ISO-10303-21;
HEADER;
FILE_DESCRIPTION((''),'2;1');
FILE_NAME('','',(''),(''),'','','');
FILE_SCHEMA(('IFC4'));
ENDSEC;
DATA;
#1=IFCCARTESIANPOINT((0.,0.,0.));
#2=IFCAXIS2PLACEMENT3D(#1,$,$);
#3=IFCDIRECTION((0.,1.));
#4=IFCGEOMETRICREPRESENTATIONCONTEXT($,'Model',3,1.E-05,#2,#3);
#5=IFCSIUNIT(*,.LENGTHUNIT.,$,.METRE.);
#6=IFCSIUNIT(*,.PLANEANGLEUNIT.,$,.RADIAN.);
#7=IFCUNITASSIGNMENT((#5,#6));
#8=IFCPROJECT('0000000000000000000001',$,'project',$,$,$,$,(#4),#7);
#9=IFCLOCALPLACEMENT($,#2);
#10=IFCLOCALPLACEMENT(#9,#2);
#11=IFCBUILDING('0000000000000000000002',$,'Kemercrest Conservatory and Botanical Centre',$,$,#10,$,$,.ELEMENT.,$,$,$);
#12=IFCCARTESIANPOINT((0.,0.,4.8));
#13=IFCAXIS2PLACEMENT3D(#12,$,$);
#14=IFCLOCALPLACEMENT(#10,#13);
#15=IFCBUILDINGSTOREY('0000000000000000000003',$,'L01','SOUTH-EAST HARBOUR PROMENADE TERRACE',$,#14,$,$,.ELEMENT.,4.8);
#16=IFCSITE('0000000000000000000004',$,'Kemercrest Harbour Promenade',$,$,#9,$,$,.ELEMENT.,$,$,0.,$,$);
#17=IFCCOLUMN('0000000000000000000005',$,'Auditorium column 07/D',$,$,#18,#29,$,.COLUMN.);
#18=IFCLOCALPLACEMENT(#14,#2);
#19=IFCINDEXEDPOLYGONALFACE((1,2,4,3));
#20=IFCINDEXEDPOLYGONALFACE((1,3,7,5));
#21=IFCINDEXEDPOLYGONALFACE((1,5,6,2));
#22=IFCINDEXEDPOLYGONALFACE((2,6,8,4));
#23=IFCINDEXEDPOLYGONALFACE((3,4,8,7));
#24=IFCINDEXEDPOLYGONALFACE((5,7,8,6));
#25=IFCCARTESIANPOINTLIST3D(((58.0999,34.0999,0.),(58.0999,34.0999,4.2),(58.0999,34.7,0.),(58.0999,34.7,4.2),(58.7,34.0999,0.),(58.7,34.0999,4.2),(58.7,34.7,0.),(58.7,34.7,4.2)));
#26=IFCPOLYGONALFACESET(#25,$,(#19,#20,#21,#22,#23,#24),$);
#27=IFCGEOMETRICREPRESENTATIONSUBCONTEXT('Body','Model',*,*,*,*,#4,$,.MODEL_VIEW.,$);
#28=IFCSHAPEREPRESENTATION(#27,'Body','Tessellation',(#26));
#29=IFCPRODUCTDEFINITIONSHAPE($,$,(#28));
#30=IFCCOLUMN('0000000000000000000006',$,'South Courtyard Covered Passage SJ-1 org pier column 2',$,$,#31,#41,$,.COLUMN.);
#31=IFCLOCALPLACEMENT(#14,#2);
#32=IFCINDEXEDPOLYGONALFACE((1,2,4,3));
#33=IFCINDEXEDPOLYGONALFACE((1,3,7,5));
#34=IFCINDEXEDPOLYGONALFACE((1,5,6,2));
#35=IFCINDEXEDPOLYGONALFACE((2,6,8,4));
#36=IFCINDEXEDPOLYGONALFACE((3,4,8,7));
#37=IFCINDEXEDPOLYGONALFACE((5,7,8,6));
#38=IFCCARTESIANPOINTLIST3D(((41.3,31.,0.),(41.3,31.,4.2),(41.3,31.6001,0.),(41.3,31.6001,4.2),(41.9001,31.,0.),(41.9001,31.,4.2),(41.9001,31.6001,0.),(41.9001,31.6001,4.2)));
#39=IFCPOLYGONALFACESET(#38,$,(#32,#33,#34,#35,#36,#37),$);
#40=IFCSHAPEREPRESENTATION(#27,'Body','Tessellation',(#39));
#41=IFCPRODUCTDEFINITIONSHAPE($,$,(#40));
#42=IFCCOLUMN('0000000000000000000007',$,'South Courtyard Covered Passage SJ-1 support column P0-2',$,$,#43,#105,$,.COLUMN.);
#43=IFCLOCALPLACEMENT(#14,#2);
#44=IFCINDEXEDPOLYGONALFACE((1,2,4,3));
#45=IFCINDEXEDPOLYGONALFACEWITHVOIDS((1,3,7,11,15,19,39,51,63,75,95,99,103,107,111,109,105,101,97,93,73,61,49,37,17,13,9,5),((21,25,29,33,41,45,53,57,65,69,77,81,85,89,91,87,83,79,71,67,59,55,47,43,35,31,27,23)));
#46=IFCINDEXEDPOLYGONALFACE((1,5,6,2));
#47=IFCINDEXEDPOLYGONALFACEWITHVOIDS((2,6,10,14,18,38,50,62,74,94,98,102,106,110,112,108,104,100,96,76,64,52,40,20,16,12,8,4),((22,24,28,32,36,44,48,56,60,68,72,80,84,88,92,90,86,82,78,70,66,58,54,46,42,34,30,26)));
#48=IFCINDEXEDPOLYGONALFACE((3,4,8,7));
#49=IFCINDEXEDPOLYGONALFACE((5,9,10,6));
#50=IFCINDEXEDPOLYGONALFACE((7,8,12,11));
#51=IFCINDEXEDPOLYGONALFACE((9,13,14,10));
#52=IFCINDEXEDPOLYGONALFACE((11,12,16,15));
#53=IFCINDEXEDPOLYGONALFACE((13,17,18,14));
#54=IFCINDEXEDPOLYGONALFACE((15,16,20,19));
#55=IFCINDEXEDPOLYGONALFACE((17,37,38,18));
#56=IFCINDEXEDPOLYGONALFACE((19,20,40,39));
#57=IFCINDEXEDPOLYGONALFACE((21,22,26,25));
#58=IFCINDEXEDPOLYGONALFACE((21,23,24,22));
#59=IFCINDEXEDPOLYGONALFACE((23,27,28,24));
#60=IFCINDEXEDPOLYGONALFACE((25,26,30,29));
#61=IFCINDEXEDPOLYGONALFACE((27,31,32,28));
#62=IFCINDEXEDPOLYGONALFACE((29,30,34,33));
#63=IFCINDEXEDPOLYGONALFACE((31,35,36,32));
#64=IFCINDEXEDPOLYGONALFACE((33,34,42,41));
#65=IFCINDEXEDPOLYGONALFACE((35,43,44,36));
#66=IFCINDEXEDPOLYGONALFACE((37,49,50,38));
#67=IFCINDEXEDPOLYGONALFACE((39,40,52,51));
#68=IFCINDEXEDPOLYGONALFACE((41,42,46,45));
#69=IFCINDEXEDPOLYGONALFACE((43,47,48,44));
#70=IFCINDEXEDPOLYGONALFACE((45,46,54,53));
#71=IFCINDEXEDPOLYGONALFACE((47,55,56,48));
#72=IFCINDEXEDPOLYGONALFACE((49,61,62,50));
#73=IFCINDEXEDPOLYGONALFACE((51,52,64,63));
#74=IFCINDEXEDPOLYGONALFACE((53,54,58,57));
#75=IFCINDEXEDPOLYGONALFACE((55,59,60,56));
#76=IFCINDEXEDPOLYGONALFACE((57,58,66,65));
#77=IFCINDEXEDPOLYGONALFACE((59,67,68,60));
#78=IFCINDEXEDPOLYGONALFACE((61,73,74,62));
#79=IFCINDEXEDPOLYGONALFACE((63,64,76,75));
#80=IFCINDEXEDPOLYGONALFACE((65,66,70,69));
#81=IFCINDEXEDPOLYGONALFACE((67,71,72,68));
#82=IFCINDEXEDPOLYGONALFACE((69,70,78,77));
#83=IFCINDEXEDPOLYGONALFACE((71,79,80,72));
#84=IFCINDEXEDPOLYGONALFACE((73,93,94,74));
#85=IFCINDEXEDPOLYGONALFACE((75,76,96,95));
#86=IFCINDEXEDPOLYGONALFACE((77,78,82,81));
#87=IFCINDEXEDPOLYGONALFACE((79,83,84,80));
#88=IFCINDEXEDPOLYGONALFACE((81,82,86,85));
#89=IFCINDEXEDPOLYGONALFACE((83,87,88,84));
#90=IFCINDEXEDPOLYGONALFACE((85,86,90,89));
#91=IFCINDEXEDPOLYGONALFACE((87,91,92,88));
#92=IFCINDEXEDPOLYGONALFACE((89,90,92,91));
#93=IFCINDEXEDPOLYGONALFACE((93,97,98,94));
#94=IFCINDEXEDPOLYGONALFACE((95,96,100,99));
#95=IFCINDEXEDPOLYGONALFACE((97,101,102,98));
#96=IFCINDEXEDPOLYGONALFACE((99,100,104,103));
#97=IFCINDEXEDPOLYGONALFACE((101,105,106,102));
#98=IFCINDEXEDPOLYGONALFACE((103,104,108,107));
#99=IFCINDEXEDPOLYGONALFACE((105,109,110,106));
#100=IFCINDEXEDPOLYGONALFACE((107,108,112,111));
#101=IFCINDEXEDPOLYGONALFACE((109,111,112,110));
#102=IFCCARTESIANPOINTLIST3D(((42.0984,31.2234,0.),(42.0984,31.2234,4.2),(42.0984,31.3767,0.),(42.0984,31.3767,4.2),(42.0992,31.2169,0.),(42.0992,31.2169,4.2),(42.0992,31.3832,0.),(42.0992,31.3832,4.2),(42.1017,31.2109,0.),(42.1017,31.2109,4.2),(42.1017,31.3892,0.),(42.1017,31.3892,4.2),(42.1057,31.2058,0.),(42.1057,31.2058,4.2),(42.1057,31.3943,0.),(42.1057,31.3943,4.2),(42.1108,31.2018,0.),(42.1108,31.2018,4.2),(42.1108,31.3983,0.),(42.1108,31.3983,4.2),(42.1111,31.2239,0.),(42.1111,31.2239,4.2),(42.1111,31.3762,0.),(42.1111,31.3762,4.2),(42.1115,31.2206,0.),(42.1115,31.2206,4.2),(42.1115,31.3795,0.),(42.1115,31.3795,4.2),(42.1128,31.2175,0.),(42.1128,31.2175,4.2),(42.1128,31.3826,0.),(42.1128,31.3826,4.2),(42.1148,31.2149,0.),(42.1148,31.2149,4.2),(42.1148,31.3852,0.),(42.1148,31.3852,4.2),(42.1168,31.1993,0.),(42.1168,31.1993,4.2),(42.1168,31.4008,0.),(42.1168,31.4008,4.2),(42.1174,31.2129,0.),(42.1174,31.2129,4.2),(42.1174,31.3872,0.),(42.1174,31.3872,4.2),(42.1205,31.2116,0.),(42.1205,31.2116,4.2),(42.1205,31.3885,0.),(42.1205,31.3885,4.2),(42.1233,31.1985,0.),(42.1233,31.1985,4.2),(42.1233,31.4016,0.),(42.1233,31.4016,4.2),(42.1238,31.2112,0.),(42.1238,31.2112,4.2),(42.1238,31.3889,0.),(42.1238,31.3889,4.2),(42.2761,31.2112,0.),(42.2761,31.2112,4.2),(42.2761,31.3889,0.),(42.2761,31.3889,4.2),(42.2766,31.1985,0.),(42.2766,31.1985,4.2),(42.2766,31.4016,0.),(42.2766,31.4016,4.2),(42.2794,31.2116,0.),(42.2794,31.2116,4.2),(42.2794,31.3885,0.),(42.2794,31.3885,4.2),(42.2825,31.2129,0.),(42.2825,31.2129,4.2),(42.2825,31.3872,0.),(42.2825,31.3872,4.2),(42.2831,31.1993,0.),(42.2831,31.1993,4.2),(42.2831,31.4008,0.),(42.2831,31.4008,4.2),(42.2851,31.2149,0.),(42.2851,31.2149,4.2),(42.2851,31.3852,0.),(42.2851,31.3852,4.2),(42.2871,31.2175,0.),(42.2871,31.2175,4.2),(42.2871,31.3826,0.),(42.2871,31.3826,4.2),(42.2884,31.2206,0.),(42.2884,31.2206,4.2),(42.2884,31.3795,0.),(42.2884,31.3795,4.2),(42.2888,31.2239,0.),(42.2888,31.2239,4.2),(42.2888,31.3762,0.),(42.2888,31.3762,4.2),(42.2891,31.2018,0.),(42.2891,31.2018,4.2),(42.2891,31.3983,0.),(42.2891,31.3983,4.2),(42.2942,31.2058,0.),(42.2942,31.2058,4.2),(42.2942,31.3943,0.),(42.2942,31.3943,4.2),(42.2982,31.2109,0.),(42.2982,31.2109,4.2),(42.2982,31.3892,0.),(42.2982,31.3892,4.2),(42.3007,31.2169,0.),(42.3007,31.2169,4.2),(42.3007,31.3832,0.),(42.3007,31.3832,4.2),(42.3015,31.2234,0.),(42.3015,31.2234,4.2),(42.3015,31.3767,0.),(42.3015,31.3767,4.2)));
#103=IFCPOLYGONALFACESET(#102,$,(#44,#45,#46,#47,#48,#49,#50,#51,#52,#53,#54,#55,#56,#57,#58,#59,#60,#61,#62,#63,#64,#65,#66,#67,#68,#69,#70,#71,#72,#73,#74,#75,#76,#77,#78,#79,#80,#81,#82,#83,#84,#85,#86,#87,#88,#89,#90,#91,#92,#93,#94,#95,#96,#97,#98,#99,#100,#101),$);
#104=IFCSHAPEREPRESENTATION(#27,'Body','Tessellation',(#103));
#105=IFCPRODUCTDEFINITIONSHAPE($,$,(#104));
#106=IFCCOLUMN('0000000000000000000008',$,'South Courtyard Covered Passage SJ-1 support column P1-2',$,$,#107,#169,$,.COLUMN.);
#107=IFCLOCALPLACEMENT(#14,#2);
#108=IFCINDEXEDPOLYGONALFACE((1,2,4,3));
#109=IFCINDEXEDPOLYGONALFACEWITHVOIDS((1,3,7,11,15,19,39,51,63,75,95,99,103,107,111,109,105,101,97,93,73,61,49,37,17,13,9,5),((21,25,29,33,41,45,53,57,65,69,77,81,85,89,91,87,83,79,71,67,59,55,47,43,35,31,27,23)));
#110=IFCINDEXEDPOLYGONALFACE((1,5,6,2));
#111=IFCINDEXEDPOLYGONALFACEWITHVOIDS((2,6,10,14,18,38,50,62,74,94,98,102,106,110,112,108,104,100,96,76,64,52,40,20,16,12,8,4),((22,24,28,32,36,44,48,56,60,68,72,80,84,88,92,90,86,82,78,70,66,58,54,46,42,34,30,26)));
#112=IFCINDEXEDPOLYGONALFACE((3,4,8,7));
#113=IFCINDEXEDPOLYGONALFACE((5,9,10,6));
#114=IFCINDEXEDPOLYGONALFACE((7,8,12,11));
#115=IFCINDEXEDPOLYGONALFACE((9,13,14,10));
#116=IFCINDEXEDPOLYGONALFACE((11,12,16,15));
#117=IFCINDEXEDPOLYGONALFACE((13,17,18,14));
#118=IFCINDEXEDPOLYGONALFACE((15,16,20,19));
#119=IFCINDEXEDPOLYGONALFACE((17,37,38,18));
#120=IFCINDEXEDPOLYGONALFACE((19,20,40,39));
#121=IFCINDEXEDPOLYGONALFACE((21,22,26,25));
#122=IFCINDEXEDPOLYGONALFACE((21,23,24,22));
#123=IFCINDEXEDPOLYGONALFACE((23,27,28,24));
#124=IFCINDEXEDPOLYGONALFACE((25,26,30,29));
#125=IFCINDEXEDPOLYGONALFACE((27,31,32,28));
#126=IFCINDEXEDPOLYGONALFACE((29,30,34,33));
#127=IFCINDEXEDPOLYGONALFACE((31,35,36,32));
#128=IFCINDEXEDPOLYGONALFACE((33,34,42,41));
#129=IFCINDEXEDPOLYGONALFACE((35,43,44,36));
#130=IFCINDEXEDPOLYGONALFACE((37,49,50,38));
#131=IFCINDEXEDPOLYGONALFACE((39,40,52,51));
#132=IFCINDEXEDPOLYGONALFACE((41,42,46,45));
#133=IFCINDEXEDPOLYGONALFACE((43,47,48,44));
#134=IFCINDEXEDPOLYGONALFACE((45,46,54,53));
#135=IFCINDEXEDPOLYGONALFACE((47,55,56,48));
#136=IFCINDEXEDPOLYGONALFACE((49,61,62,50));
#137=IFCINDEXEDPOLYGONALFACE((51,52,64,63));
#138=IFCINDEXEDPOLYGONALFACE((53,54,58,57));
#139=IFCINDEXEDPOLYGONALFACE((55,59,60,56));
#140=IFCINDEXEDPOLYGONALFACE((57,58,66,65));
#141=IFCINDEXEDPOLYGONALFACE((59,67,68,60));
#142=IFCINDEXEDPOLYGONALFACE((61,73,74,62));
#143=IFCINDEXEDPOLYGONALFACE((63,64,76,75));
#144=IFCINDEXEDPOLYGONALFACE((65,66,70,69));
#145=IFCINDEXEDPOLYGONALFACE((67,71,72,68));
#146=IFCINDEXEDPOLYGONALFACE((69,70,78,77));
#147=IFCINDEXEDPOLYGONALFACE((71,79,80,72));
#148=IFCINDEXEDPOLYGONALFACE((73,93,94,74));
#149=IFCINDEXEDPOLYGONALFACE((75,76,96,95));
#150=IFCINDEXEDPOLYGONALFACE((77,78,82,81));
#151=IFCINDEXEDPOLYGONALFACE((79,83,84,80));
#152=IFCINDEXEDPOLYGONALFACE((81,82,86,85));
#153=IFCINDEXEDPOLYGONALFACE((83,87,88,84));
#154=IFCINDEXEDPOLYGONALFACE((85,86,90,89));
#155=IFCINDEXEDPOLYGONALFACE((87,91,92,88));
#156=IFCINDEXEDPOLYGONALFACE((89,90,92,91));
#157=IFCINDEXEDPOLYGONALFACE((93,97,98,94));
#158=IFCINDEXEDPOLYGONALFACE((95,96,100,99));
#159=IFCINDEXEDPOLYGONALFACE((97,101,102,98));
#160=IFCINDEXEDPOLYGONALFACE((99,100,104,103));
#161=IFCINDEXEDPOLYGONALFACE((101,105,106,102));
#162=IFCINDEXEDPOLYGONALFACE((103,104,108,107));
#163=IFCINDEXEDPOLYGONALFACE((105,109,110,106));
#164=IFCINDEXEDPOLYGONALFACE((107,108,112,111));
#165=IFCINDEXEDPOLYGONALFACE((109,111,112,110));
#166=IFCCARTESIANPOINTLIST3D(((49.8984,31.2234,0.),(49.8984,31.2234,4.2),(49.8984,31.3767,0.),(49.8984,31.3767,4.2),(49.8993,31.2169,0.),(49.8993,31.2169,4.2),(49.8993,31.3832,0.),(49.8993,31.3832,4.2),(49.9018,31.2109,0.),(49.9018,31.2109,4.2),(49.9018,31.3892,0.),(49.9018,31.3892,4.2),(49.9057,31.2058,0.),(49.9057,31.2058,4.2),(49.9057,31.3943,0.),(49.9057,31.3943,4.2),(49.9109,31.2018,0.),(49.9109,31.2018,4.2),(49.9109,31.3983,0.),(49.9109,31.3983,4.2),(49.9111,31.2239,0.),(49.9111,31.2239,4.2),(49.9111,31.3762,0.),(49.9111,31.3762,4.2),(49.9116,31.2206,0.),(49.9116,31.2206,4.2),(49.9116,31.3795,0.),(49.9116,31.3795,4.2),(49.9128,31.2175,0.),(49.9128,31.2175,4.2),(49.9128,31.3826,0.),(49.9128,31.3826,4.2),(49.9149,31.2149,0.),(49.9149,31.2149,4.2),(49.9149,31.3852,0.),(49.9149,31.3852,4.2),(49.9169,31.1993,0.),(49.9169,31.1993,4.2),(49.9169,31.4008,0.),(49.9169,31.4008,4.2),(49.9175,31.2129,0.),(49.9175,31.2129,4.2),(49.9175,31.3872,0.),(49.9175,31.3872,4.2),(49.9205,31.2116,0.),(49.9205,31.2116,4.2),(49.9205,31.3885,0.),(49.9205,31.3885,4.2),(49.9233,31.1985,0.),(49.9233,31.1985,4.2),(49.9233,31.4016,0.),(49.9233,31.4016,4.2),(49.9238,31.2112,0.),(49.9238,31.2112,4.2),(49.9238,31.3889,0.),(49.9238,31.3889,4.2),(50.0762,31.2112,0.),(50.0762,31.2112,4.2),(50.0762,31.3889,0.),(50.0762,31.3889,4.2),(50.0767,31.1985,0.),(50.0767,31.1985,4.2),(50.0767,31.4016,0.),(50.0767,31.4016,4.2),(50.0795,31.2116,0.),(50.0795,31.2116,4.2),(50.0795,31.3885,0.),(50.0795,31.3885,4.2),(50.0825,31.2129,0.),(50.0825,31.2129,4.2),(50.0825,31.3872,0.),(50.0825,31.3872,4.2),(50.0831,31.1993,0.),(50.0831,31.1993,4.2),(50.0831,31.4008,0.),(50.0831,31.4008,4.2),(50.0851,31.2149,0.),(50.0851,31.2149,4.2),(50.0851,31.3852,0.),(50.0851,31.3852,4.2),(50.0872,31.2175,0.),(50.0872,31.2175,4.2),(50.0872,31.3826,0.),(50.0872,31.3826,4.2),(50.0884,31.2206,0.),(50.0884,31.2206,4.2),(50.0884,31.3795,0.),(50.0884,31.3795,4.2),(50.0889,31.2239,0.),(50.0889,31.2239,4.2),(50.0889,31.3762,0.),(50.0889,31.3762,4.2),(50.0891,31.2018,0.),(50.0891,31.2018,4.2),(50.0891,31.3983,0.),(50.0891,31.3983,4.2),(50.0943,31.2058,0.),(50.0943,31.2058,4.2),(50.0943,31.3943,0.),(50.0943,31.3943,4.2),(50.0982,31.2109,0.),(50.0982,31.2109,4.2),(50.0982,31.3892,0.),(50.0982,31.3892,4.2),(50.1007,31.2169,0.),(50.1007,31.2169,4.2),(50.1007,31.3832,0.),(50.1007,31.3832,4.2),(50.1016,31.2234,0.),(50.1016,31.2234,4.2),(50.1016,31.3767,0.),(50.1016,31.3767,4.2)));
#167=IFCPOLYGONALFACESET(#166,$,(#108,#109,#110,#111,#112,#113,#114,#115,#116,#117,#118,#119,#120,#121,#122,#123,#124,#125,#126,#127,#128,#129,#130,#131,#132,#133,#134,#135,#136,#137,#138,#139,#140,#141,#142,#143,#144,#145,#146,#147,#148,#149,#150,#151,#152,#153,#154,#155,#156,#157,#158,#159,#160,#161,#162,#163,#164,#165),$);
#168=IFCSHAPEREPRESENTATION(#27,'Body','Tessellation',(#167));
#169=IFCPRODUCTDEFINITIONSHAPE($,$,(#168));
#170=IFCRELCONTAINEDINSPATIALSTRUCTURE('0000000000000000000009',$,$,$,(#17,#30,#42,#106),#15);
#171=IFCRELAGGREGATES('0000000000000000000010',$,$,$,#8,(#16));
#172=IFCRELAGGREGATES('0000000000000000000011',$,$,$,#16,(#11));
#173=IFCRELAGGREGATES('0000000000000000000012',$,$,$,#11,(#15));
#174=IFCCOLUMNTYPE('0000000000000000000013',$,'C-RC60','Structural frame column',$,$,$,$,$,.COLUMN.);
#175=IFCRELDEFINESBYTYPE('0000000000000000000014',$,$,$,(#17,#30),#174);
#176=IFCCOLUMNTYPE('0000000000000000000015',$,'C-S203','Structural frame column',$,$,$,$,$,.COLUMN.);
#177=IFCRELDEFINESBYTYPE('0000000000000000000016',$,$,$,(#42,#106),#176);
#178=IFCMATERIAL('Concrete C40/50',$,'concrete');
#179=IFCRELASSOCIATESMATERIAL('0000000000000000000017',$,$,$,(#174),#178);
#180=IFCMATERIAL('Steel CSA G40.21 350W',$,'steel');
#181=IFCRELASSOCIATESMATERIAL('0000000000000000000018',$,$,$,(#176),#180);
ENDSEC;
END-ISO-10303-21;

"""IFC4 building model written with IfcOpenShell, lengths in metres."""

from ifc_helpers import new_model, si_unit, direction, frame, origin, origin_2d, place, context, subcontext, project, spatial, rectangle, hollow_rectangle, extrude, material, material_profile, profile_set, type_object, element, save


model = new_model("IFC4")

# Units and contexts
model_context = context("Model", 3, precision=1e-05, world=origin(), true_north=direction((0.0, 1.0)))
body_context = subcontext(model_context, "Body", "Model", "MODEL_VIEW")
ifc_project = project(units=[si_unit("LENGTHUNIT", "METRE"), si_unit("PLANEANGLEUNIT", "RADIAN")], contexts=[model_context])

# Site, building, storey
site_placement = place(None, origin())
site = spatial("IfcSite", under=ifc_project, at=site_placement, Name="Kemercrest Harbour Promenade", CompositionType="ELEMENT", RefElevation=0.0)
building_placement = place(site_placement, origin())
building = spatial("IfcBuilding", under=site, at=building_placement, Name="Kemercrest Conservatory and Botanical Centre", CompositionType="ELEMENT")
storey_placement = place(building_placement, frame((0.0, 0.0, 4.8)))
storey = spatial("IfcBuildingStorey", under=building, at=storey_placement, Name="L01", Description="SOUTH-EAST HARBOUR PROMENADE TERRACE", CompositionType="ELEMENT", Elevation=4.8)

# Columns
ifc_material_1 = material(Name="Concrete C40/50", Category="concrete")
ifc_material_profile_1 = material_profile(ifc_material_1, rectangle(XDim=0.6001, YDim=0.6001, at=origin_2d()), Name="RC 600x600")
ifc_profile_set_1 = profile_set([ifc_material_profile_1], Name="Concrete C40/50")
column_type_1 = type_object("IfcColumnType", Name="C-RC60", Description="Structural frame column", PredefinedType="COLUMN", material=ifc_profile_set_1)
for number, where, z_axis, x_axis, name in (
    (1, (58.3999, 34.3999, 0.0), (0.0, 0.0, 1.0), (1.0, 0.0, 0.0), "Auditorium column 07/D"),
    (2, (41.6001, 31.3, 0.0), (0.0, 0.0, 1.0), (1.0, 0.0, 0.0), "South Courtyard Covered Passage SJ-1 org pier column 2"),
):
    element("IfcColumn", number, at=place(storey_placement, frame(where, z_axis=z_axis, x_axis=x_axis)), inside=storey, type_object=column_type_1, Name=name, PredefinedType="COLUMN", context=body_context, shape_type="SweptSolid", body=[
        extrude(rectangle(XDim=0.6001, YDim=0.6001, at=origin_2d()), origin(), (0.0, 0.0, 1.0), 4.2),
    ])
ifc_material_2 = material(Name="Steel CSA G40.21 350W", Category="steel")
ifc_material_profile_2 = material_profile(ifc_material_2, hollow_rectangle(XDim=0.2031, YDim=0.2031, WallThickness=0.0127, InnerFilletRadius=0.0127, OuterFilletRadius=0.0249, at=origin_2d()), Name="HSS 203x203x12.7")
ifc_profile_set_2 = profile_set([ifc_material_profile_2], Name="Steel CSA G40.21 350W")
column_type_2 = type_object("IfcColumnType", Name="C-S203", Description="Structural frame column", PredefinedType="COLUMN", material=ifc_profile_set_2)
for number, where, z_axis, x_axis, name in (
    (3, (42.2, 31.3, 0.0), (0.0, 0.0, 1.0), (1.0, 0.0, 0.0), "South Courtyard Covered Passage SJ-1 support column P0-2"),
    (4, (50.0, 31.3, 0.0), (0.0, 0.0, 1.0), (1.0, 0.0, 0.0), "South Courtyard Covered Passage SJ-1 support column P1-2"),
):
    element("IfcColumn", number, at=place(storey_placement, frame(where, z_axis=z_axis, x_axis=x_axis)), inside=storey, type_object=column_type_2, Name=name, PredefinedType="COLUMN", context=body_context, shape_type="SweptSolid", body=[
        extrude(hollow_rectangle(XDim=0.2031, YDim=0.2031, WallThickness=0.0127, InnerFilletRadius=0.0127, OuterFilletRadius=0.0249, at=origin_2d()), origin(), (0.0, 0.0, 1.0), 4.2),
    ])

save(model, "model.ifc")
